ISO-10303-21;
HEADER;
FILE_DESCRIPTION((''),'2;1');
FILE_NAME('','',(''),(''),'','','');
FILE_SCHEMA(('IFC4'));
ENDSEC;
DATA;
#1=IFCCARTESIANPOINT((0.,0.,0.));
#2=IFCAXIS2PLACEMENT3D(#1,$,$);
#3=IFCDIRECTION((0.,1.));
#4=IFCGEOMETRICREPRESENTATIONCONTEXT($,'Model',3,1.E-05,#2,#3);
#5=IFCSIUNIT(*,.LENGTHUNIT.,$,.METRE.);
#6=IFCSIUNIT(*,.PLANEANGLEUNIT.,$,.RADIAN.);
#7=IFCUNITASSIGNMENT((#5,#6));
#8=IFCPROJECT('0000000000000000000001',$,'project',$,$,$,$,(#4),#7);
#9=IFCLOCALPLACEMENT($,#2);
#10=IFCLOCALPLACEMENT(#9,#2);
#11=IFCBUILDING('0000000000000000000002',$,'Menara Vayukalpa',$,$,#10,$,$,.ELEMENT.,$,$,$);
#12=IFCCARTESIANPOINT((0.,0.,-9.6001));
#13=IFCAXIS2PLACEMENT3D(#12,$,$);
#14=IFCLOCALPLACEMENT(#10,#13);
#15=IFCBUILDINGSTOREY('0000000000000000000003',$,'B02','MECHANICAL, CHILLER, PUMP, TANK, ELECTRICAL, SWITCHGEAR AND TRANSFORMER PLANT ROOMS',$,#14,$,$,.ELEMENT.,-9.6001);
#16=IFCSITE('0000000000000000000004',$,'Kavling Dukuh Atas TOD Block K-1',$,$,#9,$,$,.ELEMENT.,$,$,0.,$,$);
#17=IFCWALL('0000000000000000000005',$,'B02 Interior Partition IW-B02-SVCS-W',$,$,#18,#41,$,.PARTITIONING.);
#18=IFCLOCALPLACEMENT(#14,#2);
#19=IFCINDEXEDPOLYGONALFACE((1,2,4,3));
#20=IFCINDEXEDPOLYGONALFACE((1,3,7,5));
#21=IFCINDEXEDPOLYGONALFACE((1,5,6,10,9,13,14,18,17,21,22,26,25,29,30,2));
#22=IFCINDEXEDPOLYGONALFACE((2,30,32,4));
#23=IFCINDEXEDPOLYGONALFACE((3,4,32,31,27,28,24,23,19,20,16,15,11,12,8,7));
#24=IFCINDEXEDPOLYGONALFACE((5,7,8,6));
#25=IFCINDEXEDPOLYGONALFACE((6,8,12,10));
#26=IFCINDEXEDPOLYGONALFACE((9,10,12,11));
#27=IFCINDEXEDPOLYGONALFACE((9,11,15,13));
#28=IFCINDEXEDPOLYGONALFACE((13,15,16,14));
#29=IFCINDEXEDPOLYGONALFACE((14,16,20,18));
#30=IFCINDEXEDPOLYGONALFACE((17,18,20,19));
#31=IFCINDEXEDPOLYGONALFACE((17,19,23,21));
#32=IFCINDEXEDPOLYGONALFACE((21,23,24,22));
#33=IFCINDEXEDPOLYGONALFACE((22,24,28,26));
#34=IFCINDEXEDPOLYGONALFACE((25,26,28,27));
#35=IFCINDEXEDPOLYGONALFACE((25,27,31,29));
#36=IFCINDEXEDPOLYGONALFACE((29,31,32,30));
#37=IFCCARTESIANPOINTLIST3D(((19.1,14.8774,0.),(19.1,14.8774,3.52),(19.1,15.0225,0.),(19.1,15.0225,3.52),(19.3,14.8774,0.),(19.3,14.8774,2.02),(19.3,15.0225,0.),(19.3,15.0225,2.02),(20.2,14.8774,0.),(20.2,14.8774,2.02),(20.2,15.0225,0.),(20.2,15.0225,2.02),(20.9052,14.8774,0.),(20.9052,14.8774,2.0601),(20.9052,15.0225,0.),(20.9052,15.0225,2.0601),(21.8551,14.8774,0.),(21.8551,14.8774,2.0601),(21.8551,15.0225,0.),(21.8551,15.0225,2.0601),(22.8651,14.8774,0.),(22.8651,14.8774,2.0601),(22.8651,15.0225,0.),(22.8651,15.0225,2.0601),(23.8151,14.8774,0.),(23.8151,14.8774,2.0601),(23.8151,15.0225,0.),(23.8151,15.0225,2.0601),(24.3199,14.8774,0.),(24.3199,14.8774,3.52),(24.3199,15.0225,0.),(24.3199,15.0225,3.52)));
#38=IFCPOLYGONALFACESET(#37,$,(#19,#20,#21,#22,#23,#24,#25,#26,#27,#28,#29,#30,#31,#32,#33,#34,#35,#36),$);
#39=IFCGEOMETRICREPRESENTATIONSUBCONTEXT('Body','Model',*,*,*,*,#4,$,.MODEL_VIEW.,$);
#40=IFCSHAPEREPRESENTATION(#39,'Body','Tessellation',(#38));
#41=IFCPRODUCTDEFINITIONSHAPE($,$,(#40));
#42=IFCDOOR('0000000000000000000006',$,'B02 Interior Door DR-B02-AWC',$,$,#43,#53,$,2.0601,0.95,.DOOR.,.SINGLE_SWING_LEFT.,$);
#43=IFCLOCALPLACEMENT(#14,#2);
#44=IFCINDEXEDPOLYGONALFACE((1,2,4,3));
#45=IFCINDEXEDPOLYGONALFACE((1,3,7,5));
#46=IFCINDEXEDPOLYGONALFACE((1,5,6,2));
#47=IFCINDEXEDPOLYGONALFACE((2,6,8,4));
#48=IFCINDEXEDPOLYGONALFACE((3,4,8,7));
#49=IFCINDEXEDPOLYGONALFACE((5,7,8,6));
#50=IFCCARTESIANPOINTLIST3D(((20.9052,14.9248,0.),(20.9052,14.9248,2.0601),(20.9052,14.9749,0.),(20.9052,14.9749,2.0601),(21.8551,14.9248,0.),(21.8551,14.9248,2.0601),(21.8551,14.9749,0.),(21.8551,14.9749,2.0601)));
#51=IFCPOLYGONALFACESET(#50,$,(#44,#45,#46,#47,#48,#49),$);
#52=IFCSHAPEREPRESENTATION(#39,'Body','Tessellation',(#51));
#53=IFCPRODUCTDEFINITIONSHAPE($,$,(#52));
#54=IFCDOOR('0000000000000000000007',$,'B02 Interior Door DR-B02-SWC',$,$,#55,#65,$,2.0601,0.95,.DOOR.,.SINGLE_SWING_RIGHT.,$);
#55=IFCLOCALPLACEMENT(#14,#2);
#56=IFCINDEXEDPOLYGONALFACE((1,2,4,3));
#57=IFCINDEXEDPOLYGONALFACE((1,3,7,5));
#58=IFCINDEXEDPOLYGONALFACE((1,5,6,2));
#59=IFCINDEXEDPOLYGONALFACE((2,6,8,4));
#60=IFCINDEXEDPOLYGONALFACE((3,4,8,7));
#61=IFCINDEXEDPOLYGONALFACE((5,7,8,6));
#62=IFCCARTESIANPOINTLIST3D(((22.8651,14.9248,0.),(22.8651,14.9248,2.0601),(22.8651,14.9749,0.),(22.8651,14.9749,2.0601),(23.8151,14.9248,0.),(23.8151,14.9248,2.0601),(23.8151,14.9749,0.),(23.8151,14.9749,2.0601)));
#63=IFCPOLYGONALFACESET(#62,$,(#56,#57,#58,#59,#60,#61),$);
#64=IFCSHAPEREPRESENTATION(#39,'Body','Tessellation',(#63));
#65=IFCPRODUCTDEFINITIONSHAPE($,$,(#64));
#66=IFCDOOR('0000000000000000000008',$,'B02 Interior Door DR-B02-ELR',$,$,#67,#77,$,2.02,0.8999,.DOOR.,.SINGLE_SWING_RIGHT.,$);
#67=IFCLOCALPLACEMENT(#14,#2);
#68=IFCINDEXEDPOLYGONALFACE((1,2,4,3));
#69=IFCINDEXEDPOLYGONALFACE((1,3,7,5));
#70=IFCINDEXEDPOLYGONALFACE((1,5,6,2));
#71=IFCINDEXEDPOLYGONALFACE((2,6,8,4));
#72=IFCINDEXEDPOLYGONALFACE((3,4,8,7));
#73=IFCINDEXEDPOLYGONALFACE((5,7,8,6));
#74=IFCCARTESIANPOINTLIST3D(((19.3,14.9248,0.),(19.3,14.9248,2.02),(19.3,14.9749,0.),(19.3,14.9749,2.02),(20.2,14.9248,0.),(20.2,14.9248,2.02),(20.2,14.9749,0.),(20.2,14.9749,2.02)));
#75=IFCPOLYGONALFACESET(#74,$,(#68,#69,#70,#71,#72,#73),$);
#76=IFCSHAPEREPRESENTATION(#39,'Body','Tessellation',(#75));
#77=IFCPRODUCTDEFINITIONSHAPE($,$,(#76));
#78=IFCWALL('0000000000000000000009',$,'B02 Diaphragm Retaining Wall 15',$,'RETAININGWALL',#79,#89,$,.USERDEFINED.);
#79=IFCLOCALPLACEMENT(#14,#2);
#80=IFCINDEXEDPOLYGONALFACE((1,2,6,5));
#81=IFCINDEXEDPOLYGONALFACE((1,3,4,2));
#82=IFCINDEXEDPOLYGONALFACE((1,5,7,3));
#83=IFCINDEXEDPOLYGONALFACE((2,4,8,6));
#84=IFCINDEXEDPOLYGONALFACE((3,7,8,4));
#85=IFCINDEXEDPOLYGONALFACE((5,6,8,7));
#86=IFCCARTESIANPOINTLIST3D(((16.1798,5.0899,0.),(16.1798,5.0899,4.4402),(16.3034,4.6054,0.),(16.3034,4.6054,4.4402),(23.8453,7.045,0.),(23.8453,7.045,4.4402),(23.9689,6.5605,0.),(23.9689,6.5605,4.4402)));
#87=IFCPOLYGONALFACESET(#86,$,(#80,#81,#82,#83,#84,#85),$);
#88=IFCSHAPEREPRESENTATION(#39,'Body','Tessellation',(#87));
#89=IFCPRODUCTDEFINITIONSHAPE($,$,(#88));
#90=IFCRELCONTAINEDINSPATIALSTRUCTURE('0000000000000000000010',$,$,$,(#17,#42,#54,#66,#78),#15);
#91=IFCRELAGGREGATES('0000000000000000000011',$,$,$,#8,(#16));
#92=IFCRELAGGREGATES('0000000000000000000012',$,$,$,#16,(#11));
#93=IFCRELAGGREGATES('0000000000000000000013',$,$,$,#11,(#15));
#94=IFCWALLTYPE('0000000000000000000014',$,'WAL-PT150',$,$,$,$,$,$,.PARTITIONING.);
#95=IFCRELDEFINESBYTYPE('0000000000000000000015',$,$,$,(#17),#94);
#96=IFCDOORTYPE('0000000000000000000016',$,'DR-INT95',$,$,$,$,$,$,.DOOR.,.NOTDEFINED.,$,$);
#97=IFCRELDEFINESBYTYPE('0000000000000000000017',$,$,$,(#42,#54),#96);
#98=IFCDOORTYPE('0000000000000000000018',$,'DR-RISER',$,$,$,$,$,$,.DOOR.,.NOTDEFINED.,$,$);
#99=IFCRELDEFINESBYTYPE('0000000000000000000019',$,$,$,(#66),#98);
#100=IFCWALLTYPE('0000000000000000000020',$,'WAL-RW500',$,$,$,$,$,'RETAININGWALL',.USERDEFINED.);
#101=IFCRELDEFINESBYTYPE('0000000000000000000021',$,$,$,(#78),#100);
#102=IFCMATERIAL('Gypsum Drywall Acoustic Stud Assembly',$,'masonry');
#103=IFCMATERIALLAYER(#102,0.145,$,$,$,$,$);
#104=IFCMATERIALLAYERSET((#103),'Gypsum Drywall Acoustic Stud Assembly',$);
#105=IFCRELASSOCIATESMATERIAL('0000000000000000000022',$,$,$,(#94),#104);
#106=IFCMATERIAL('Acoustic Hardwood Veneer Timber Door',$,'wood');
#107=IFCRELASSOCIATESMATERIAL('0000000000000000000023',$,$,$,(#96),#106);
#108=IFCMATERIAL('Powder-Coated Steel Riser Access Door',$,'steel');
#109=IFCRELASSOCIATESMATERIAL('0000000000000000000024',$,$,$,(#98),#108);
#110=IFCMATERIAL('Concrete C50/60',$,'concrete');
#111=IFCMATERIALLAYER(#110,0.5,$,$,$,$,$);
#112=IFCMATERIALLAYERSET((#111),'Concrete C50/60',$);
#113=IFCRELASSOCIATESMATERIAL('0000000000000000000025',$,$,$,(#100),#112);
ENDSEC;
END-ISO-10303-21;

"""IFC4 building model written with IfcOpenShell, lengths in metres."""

from ifc_helpers import new_model, si_unit, direction, frame, frame_2d, origin, place, context, subcontext, project, spatial, rectangle, extrude, material, layer, layer_set, type_object, element, fill, save


model = new_model("IFC4")

# Units and contexts
model_context = context("Model", 3, precision=1e-05, world=origin(), true_north=direction((0.0, 1.0)))
body_context = subcontext(model_context, "Body", "Model", "MODEL_VIEW")
ifc_project = project(units=[si_unit("LENGTHUNIT", "METRE"), si_unit("PLANEANGLEUNIT", "RADIAN")], contexts=[model_context])

# Site, building, storey
site_placement = place(None, origin())
site = spatial("IfcSite", under=ifc_project, at=site_placement, Name="Kavling Dukuh Atas TOD Block K-1", CompositionType="ELEMENT", RefElevation=0.0)
building_placement = place(site_placement, origin())
building = spatial("IfcBuilding", under=site, at=building_placement, Name="Menara Vayukalpa", CompositionType="ELEMENT")
storey_placement = place(building_placement, frame((0.0, 0.0, -9.6001)))
storey = spatial("IfcBuildingStorey", under=building, at=storey_placement, Name="B02", Description="MECHANICAL, CHILLER, PUMP, TANK, ELECTRICAL, SWITCHGEAR AND TRANSFORMER PLANT ROOMS", CompositionType="ELEMENT", Elevation=-9.6001)

# Wall, openings, doors
ifc_material_1 = material(Name="Gypsum Drywall Acoustic Stud Assembly", Category="masonry")
ifc_layer_1 = layer(ifc_material_1, 0.145)
ifc_layer_set_1 = layer_set([ifc_layer_1], Name="Gypsum Drywall Acoustic Stud Assembly")
wall_type_1 = type_object("IfcWallType", Name="WAL-PT150", PredefinedType="PARTITIONING", material=ifc_layer_set_1)
wall_1_placement = place(storey_placement, frame((19.1001, 14.95, 0.0), z_axis=(0.0, 0.0, 1.0), x_axis=(1.0, 0.0, 0.0)))
wall_1 = element("IfcWall", 1, at=wall_1_placement, inside=storey, type_object=wall_type_1, Name="B02 Interior Partition IW-B02-SVCS-W", PredefinedType="PARTITIONING", context=body_context, shape_type="SweptSolid", body=[
    extrude(rectangle(XDim=5.22, YDim=0.145, at=frame_2d((2.6099, 0.0))), origin(), (0.0, 0.0, 1.0), 3.52),
])
opening_1_placement = place(wall_1_placement, frame((0.2, 0.0, 0.0)))
opening_1 = element("IfcOpeningElement", 2, at=opening_1_placement, cuts=wall_1, PredefinedType="OPENING", context=body_context, shape_type="SweptSolid", body=[
    extrude(rectangle(XDim=0.8999, YDim=2.02, at=frame_2d((0.45, 1.01))), frame((0.0, 0.0825, 0.0), z_axis=(0.0, -1.0, 0.0), x_axis=(1.0, 0.0, 0.0)), (0.0, 0.0, 1.0), 0.165),
])
opening_2_placement = place(wall_1_placement, frame((1.8049, 0.0, 0.0)))
opening_2 = element("IfcOpeningElement", 3, at=opening_2_placement, cuts=wall_1, PredefinedType="OPENING", context=body_context, shape_type="SweptSolid", body=[
    extrude(rectangle(XDim=0.95, YDim=2.0601, at=frame_2d((0.4751, 1.03))), frame((0.0, 0.0825, 0.0), z_axis=(0.0, -1.0, 0.0), x_axis=(1.0, 0.0, 0.0)), (0.0, 0.0, 1.0), 0.165),
])
opening_3_placement = place(wall_1_placement, frame((3.7649, 0.0, 0.0)))
opening_3 = element("IfcOpeningElement", 4, at=opening_3_placement, cuts=wall_1, PredefinedType="OPENING", context=body_context, shape_type="SweptSolid", body=[
    extrude(rectangle(XDim=0.95, YDim=2.0601, at=frame_2d((0.4751, 1.03))), frame((0.0, 0.0825, 0.0), z_axis=(0.0, -1.0, 0.0), x_axis=(1.0, 0.0, 0.0)), (0.0, 0.0, 1.0), 0.165),
])
ifc_material_2 = material(Name="Acoustic Hardwood Veneer Timber Door", Category="wood")
door_type_1 = type_object("IfcDoorType", Name="DR-INT95", OperationType="NOTDEFINED", PredefinedType="DOOR", material=ifc_material_2)
door_1_placement = place(opening_2_placement, origin())
door_1 = element("IfcDoor", 5, at=door_1_placement, inside=storey, type_object=door_type_1, Name="B02 Interior Door DR-B02-AWC", OperationType="SINGLE_SWING_LEFT", OverallHeight=2.0601, OverallWidth=0.95, PredefinedType="DOOR", context=body_context, shape_type="SweptSolid", body=[
    extrude(rectangle(XDim=0.95, YDim=2.0601, at=frame_2d((0.4751, 1.03))), frame((0.0, 0.0249, 0.0), z_axis=(0.0, -1.0, 0.0), x_axis=(1.0, 0.0, 0.0)), (0.0, 0.0, 1.0), 0.05),
])
fill(opening_2, door_1)
door_2_placement = place(opening_3_placement, origin())
door_2 = element("IfcDoor", 6, at=door_2_placement, inside=storey, type_object=door_type_1, Name="B02 Interior Door DR-B02-SWC", OperationType="SINGLE_SWING_RIGHT", OverallHeight=2.0601, OverallWidth=0.95, PredefinedType="DOOR", context=body_context, shape_type="SweptSolid", body=[
    extrude(rectangle(XDim=0.95, YDim=2.0601, at=frame_2d((0.4751, 1.03))), frame((0.0, 0.0249, 0.0), z_axis=(0.0, -1.0, 0.0), x_axis=(1.0, 0.0, 0.0)), (0.0, 0.0, 1.0), 0.05),
])
fill(opening_3, door_2)
ifc_material_3 = material(Name="Powder-Coated Steel Riser Access Door", Category="steel")
door_type_2 = type_object("IfcDoorType", Name="DR-RISER", OperationType="NOTDEFINED", PredefinedType="DOOR", material=ifc_material_3)
door_3_placement = place(opening_1_placement, origin())
door_3 = element("IfcDoor", 7, at=door_3_placement, inside=storey, type_object=door_type_2, Name="B02 Interior Door DR-B02-ELR", OperationType="SINGLE_SWING_RIGHT", OverallHeight=2.02, OverallWidth=0.8999, PredefinedType="DOOR", context=body_context, shape_type="SweptSolid", body=[
    extrude(rectangle(XDim=0.8999, YDim=2.02, at=frame_2d((0.45, 1.01))), frame((0.0, 0.0249, 0.0), z_axis=(0.0, -1.0, 0.0), x_axis=(1.0, 0.0, 0.0)), (0.0, 0.0, 1.0), 0.05),
])
fill(opening_1, door_3)

# Wall
ifc_material_4 = material(Name="Concrete C50/60", Category="concrete")
ifc_layer_2 = layer(ifc_material_4, 0.5)
ifc_layer_set_2 = layer_set([ifc_layer_2], Name="Concrete C50/60")
wall_type_2 = type_object("IfcWallType", Name="WAL-RW500", ElementType="RETAININGWALL", PredefinedType="USERDEFINED", material=ifc_layer_set_2)
wall_2_placement = place(storey_placement, frame((16.2415, 4.8477, 0.0), z_axis=(0.0, 0.0, 1.0), x_axis=(0.968981, 0.247137, 0.0)))
element("IfcWall", 8, at=wall_2_placement, inside=storey, type_object=wall_type_2, Name="B02 Diaphragm Retaining Wall 15", ObjectType="RETAININGWALL", PredefinedType="USERDEFINED", context=body_context, shape_type="SweptSolid", body=[
    extrude(rectangle(XDim=7.9109, YDim=0.5, at=frame_2d((3.9556, 0.0))), origin(), (0.0, 0.0, 1.0), 4.4402),
])

save(model, "model.ifc")
